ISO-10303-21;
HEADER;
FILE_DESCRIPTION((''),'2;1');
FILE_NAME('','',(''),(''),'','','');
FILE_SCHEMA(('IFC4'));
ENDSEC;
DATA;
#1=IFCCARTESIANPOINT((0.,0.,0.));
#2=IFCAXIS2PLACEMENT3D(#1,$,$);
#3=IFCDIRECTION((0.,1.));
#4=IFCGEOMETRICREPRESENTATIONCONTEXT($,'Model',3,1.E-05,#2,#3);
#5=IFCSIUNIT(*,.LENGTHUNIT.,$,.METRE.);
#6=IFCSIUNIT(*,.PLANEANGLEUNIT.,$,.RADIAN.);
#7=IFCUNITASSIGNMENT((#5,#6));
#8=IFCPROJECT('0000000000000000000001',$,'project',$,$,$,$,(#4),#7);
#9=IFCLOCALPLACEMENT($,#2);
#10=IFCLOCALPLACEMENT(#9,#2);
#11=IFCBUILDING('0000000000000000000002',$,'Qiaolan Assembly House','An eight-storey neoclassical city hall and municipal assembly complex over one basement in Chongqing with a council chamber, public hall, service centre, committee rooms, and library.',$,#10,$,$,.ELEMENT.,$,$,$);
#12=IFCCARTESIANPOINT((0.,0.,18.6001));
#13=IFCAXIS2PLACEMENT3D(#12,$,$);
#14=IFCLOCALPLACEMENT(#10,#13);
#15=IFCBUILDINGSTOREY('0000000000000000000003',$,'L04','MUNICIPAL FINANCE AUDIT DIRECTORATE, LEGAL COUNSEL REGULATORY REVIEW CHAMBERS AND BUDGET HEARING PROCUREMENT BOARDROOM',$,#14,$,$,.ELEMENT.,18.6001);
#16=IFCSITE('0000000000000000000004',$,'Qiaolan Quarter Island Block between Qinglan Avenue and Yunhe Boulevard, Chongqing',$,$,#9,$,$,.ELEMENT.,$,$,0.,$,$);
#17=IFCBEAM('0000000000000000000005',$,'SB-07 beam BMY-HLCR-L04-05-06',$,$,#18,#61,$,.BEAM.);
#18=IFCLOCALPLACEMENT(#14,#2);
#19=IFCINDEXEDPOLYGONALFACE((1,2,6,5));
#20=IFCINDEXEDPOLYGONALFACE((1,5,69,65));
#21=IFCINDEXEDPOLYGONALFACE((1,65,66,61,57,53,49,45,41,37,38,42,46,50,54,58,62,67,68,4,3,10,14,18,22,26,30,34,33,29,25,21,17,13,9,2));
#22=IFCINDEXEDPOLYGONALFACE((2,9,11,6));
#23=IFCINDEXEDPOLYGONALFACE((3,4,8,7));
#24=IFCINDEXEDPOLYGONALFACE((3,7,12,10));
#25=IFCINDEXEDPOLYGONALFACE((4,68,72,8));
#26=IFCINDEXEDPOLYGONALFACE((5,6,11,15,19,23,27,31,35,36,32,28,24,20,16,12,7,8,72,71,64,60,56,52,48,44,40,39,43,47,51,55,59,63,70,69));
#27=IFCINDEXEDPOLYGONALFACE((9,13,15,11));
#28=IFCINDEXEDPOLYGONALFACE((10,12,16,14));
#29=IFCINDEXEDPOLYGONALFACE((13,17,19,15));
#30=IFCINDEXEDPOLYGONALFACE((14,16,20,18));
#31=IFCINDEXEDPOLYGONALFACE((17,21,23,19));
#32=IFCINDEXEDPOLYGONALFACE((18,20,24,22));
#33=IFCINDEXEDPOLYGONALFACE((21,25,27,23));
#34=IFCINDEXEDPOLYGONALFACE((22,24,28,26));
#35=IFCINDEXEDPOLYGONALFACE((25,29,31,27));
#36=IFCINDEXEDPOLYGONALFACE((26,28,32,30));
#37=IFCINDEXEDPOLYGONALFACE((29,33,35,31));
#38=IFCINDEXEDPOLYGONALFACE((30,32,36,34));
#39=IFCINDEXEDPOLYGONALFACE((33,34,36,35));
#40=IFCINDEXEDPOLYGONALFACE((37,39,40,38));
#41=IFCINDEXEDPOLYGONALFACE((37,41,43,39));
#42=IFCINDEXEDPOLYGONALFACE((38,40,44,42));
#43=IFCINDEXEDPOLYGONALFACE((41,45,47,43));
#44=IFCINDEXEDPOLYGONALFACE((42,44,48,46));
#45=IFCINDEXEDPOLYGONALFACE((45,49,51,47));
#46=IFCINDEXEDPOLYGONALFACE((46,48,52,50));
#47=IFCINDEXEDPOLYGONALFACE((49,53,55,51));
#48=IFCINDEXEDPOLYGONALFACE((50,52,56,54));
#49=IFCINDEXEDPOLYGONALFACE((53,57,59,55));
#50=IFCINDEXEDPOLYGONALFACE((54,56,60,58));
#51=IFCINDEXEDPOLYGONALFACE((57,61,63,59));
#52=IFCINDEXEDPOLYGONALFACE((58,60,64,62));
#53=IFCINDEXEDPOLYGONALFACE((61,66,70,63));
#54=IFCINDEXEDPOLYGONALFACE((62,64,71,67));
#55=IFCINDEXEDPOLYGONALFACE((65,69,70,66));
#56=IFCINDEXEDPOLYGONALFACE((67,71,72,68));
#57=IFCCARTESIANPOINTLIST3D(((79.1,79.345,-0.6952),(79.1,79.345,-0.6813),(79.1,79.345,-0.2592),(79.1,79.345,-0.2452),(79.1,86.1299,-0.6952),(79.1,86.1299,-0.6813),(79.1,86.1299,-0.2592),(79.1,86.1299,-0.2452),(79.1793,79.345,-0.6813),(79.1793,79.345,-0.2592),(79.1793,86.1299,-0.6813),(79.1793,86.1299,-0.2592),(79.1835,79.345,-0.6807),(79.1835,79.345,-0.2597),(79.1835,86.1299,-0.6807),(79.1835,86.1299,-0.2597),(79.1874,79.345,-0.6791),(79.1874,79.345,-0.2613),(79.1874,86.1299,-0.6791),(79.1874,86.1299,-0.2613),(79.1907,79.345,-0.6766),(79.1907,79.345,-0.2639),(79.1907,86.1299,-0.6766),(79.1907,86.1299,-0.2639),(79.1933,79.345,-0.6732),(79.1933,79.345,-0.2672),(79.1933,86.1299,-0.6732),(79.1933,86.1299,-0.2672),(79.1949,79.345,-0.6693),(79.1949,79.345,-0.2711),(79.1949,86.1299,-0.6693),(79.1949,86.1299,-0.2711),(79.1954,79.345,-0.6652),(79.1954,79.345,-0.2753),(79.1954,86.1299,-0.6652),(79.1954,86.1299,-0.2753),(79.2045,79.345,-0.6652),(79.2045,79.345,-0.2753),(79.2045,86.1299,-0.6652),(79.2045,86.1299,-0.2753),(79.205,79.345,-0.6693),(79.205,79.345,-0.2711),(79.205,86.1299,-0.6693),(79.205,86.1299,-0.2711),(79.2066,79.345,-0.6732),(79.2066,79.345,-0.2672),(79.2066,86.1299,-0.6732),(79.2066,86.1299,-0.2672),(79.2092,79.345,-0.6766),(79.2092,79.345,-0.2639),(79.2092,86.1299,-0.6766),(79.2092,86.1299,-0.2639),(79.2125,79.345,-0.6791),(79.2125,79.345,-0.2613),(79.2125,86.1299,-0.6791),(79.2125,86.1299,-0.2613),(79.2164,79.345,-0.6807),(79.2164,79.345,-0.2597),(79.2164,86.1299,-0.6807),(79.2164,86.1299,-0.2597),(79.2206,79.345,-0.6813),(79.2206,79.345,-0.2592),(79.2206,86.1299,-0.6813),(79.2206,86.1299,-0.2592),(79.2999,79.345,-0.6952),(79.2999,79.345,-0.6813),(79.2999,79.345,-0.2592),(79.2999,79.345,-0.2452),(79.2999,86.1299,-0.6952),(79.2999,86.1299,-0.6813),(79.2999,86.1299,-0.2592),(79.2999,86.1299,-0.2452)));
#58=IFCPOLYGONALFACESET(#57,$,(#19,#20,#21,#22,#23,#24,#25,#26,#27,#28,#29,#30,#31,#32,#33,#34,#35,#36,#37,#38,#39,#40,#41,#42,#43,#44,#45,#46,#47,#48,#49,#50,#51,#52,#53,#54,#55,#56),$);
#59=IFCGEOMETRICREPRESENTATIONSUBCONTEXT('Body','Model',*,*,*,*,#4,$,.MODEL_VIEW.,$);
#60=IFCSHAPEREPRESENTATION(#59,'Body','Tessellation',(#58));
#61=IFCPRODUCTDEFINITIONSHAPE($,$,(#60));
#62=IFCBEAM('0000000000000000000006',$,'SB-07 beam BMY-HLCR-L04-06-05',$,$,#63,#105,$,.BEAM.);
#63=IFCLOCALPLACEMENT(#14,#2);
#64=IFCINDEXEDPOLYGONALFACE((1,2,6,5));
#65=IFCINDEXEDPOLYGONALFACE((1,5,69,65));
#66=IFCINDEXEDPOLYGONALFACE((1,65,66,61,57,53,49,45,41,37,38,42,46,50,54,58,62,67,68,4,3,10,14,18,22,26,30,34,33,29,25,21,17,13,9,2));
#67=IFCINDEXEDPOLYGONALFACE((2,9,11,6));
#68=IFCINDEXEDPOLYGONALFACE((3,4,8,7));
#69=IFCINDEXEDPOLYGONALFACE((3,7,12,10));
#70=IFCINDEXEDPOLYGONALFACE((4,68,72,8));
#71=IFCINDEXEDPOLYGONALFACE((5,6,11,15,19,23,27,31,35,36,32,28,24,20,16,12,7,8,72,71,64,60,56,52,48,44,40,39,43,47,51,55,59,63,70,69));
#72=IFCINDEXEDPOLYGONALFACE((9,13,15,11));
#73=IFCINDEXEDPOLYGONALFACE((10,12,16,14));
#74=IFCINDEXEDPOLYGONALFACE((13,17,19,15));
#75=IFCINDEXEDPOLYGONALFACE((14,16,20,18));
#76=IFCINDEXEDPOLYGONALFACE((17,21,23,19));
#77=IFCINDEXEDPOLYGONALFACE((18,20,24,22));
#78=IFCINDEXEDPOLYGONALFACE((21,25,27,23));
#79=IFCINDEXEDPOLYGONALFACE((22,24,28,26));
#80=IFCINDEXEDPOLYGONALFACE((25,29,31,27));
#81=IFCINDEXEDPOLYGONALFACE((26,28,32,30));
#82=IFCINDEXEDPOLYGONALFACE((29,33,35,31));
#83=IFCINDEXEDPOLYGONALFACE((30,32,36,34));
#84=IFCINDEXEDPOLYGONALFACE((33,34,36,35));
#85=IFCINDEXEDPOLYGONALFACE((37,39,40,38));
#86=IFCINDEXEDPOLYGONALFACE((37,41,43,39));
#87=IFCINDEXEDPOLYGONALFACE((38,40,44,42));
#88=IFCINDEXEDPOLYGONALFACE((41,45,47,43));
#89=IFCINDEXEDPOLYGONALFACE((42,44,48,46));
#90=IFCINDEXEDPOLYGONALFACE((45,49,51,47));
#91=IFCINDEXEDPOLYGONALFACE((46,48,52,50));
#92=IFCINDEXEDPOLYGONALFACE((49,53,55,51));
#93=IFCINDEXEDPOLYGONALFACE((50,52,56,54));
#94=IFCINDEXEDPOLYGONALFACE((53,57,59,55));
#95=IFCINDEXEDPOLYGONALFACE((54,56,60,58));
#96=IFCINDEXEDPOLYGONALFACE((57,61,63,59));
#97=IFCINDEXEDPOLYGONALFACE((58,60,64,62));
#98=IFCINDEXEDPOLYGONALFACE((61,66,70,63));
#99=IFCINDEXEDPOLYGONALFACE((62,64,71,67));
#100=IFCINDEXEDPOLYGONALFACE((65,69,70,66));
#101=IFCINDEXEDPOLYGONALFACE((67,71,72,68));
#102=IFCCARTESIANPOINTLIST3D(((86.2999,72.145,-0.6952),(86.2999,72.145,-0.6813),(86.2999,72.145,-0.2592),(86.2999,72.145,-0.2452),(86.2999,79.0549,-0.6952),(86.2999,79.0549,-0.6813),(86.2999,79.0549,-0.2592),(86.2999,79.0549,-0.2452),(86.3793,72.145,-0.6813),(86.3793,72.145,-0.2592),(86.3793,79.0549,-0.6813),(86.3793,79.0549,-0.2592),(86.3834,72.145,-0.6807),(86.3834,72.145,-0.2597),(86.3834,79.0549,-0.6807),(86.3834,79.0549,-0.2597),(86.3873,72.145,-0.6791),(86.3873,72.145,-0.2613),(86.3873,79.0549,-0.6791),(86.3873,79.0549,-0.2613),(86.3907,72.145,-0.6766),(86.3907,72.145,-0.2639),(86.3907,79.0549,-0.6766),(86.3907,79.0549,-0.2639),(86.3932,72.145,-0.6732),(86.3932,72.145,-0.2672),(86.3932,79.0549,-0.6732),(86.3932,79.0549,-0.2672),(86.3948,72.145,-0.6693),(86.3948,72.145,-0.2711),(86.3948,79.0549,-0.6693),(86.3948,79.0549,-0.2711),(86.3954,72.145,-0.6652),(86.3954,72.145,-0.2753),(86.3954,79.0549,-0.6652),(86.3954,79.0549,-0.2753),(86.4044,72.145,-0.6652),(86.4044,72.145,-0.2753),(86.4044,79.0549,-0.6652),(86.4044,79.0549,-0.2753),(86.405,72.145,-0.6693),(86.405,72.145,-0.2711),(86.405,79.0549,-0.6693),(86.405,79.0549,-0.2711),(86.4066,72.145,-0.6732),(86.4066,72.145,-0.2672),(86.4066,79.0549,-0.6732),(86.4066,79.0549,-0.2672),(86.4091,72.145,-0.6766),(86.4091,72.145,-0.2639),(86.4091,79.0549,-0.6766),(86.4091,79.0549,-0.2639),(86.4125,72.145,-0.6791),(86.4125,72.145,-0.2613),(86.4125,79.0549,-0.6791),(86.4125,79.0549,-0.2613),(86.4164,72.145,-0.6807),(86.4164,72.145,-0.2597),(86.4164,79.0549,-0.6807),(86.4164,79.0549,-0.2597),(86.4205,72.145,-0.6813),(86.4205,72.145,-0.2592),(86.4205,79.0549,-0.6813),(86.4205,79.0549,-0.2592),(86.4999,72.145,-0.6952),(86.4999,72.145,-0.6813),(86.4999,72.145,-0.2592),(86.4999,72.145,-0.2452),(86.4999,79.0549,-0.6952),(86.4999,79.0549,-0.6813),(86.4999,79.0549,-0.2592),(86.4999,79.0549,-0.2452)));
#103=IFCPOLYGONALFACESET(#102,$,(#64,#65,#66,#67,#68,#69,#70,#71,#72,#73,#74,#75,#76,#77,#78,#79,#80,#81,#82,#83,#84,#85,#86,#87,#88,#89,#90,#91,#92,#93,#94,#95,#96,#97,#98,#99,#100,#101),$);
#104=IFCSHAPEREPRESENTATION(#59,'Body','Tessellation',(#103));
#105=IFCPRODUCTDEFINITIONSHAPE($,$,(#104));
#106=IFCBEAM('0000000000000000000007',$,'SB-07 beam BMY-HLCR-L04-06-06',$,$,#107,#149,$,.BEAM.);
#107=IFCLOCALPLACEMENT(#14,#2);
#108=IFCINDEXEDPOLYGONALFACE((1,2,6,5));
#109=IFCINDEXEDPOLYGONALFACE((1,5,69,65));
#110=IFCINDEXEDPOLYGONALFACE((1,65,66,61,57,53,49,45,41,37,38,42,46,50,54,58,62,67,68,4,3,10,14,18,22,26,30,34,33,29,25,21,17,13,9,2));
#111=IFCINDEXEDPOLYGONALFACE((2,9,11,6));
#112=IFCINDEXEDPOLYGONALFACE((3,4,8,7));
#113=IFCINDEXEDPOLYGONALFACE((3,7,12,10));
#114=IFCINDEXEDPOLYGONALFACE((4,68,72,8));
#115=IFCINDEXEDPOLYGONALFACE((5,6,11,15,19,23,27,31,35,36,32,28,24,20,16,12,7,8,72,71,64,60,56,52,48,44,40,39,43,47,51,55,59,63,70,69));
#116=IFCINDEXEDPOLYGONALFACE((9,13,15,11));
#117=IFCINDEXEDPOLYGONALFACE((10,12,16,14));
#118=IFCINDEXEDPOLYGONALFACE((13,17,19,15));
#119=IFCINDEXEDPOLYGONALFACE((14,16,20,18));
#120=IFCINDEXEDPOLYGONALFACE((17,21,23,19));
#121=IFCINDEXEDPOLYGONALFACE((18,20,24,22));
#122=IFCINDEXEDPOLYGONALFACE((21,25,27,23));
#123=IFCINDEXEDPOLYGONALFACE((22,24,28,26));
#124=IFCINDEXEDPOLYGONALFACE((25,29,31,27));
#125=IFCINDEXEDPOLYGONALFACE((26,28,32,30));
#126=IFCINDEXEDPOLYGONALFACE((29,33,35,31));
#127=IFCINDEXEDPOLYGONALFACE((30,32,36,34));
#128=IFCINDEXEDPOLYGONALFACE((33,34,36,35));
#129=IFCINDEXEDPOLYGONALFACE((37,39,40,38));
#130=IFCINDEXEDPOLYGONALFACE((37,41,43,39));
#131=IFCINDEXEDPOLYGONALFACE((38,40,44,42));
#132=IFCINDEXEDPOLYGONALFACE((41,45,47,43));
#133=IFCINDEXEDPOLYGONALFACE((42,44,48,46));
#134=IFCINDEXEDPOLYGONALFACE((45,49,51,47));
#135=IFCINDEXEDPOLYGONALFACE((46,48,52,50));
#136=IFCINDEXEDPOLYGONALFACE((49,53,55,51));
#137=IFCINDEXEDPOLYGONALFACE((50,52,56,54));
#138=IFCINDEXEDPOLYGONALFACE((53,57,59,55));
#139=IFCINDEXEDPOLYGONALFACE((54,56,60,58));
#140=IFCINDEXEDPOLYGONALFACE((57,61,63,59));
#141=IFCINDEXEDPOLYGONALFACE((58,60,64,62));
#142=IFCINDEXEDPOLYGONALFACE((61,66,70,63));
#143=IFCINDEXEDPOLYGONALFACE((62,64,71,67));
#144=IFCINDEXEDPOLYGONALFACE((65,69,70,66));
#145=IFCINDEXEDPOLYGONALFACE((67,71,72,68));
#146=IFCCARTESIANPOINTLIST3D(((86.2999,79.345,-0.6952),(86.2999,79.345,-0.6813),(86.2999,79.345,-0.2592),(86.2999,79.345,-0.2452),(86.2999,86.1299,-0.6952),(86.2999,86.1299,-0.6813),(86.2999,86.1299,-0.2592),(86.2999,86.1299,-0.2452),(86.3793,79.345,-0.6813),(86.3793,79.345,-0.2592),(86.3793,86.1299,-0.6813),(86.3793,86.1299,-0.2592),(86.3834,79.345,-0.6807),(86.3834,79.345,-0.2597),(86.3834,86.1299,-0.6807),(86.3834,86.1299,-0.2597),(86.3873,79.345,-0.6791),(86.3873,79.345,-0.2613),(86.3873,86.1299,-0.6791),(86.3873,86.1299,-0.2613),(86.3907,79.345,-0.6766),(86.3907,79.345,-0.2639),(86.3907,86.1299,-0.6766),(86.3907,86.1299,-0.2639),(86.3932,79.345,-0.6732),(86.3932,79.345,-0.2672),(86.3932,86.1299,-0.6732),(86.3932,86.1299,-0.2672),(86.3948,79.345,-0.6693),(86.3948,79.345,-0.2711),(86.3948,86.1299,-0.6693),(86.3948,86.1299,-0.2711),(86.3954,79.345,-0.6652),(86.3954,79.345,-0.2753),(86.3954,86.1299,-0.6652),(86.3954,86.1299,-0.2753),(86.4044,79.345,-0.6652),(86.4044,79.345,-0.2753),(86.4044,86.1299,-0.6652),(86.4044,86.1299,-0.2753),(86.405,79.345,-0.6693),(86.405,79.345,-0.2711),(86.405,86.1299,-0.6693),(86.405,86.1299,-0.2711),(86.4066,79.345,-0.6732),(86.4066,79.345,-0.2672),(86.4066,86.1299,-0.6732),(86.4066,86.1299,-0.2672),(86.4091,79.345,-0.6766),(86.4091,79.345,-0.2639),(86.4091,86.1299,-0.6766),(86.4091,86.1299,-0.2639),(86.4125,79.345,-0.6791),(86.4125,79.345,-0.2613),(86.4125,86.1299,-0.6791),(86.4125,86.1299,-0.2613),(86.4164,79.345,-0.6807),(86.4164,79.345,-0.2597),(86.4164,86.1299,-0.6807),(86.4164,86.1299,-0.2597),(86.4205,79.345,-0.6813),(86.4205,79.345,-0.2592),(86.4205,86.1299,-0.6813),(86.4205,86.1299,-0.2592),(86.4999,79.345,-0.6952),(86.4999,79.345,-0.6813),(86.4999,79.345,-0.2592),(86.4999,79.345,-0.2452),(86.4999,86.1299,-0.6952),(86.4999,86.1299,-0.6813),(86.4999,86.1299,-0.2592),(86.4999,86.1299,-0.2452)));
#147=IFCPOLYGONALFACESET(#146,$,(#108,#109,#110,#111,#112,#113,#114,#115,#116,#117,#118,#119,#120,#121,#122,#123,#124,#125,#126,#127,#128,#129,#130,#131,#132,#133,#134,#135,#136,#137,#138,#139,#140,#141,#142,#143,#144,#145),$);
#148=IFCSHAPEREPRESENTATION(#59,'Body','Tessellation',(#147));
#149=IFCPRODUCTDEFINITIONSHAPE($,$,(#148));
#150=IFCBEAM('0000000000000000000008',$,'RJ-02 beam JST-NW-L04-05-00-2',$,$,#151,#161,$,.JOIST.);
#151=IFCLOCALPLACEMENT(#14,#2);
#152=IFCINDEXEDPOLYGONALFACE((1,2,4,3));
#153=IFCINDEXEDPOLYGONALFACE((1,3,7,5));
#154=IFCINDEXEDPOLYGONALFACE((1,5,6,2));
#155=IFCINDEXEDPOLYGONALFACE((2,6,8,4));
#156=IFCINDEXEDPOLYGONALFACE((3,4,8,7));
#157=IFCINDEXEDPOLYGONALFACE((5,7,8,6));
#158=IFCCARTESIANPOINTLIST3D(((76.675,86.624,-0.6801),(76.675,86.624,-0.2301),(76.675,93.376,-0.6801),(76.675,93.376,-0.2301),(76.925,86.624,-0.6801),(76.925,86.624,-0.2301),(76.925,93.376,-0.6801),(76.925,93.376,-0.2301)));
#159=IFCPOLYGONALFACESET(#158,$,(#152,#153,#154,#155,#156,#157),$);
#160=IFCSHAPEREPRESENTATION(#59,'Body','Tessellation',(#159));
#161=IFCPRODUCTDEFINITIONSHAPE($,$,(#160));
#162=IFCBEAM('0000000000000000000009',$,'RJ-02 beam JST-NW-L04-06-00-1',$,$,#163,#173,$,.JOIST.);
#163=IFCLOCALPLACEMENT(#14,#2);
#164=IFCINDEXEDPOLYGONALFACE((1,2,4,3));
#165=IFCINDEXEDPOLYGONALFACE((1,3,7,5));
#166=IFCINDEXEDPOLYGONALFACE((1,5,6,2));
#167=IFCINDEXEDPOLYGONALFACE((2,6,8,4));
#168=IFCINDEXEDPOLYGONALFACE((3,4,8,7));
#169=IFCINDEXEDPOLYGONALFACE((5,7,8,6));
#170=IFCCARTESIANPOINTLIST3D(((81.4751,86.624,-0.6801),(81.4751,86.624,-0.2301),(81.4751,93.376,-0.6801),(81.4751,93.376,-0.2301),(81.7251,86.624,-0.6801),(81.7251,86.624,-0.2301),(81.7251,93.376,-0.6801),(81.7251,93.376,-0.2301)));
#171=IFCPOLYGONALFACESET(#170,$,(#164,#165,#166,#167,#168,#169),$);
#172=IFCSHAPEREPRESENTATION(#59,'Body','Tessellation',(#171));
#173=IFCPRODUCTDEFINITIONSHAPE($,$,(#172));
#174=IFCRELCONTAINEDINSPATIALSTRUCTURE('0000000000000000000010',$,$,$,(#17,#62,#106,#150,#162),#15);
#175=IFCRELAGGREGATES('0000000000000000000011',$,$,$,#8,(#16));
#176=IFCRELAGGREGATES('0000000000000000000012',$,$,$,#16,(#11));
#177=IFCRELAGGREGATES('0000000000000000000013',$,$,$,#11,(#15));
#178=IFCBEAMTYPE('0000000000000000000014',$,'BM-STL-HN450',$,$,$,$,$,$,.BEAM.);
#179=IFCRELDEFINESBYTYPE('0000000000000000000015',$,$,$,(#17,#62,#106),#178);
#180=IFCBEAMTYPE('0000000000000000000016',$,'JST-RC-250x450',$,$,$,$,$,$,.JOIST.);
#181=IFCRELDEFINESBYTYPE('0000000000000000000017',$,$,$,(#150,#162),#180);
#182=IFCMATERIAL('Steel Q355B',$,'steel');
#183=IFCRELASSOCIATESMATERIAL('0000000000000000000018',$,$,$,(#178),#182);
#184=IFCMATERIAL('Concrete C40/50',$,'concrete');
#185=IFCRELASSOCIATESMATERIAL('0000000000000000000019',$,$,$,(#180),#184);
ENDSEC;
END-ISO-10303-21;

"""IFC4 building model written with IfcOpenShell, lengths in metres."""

from ifc_helpers import new_model, si_unit, direction, frame, origin, origin_2d, place, context, subcontext, project, spatial, rectangle, i_section, extrude, material, material_profile, profile_set, type_object, element, save


model = new_model("IFC4")

# Units and contexts
model_context = context("Model", 3, precision=1e-05, world=origin(), true_north=direction((0.0, 1.0)))
body_context = subcontext(model_context, "Body", "Model", "MODEL_VIEW")
ifc_project = project(units=[si_unit("LENGTHUNIT", "METRE"), si_unit("PLANEANGLEUNIT", "RADIAN")], contexts=[model_context])

# Site, building, storey
site_placement = place(None, origin())
site = spatial("IfcSite", under=ifc_project, at=site_placement, Name="Qiaolan Quarter Island Block between Qinglan Avenue and Yunhe Boulevard, Chongqing", CompositionType="ELEMENT", RefElevation=0.0)
building_placement = place(site_placement, origin())
building = spatial("IfcBuilding", under=site, at=building_placement, Name="Qiaolan Assembly House", Description="An eight-storey neoclassical city hall and municipal assembly complex over one basement in Chongqing with a council chamber, public hall, service centre, committee rooms, and library.", CompositionType="ELEMENT")
storey_placement = place(building_placement, frame((0.0, 0.0, 18.6001)))
storey = spatial("IfcBuildingStorey", under=building, at=storey_placement, Name="L04", Description="MUNICIPAL FINANCE AUDIT DIRECTORATE, LEGAL COUNSEL REGULATORY REVIEW CHAMBERS AND BUDGET HEARING PROCUREMENT BOARDROOM", CompositionType="ELEMENT", Elevation=18.6001)

# Shared definitions
ifc_material_1 = material(Name="Concrete C40/50", Category="concrete")

# Beams
ifc_material_2 = material(Name="Steel Q355B", Category="steel")
ifc_material_profile_1 = material_profile(ifc_material_2, i_section(OverallWidth=0.2, OverallDepth=0.45, WebThickness=0.009, FlangeThickness=0.0139, FilletRadius=0.0161, at=origin_2d()), Name="HN 450x200x9x14")
ifc_profile_set_1 = profile_set([ifc_material_profile_1], Name="Steel Q355B")
beam_type_1 = type_object("IfcBeamType", Name="BM-STL-HN450", PredefinedType="BEAM", material=ifc_profile_set_1)
beam_1_placement = place(storey_placement, frame((79.2, 79.345, -0.4702), z_axis=(0.0, 1.0, 0.0), x_axis=(-1.0, 0.0, 0.0)))
element("IfcBeam", 1, at=beam_1_placement, inside=storey, type_object=beam_type_1, Name="SB-07 beam BMY-HLCR-L04-05-06", PredefinedType="BEAM", context=body_context, shape_type="SweptSolid", body=[
    extrude(i_section(OverallWidth=0.2, OverallDepth=0.45, WebThickness=0.009, FlangeThickness=0.0139, FilletRadius=0.0161, at=origin_2d()), origin(), (0.0, 0.0, 1.0), 6.7849),
])
beam_2_placement = place(storey_placement, frame((86.3999, 72.145, -0.4702), z_axis=(0.0, 1.0, 0.0), x_axis=(-1.0, 0.0, 0.0)))
element("IfcBeam", 2, at=beam_2_placement, inside=storey, type_object=beam_type_1, Name="SB-07 beam BMY-HLCR-L04-06-05", PredefinedType="BEAM", context=body_context, shape_type="SweptSolid", body=[
    extrude(i_section(OverallWidth=0.2, OverallDepth=0.45, WebThickness=0.009, FlangeThickness=0.0139, FilletRadius=0.0161, at=origin_2d()), origin(), (0.0, 0.0, 1.0), 6.9099),
])
beam_3_placement = place(storey_placement, frame((86.3999, 79.345, -0.4702), z_axis=(0.0, 1.0, 0.0), x_axis=(-1.0, 0.0, 0.0)))
element("IfcBeam", 3, at=beam_3_placement, inside=storey, type_object=beam_type_1, Name="SB-07 beam BMY-HLCR-L04-06-06", PredefinedType="BEAM", context=body_context, shape_type="SweptSolid", body=[
    extrude(i_section(OverallWidth=0.2, OverallDepth=0.45, WebThickness=0.009, FlangeThickness=0.0139, FilletRadius=0.0161, at=origin_2d()), origin(), (0.0, 0.0, 1.0), 6.7849),
])
ifc_material_profile_2 = material_profile(ifc_material_1, rectangle(XDim=0.25, YDim=0.45, at=origin_2d()), Name="RCB 250x450")
ifc_profile_set_2 = profile_set([ifc_material_profile_2], Name="Concrete C40/50")
beam_type_2 = type_object("IfcBeamType", Name="JST-RC-250x450", PredefinedType="JOIST", material=ifc_profile_set_2)
for number, where, z_axis, x_axis, name in (
    (4, (76.8, 86.624, -0.4551), (0.0, 1.0, 0.0), (-1.0, 0.0, 0.0), "RJ-02 beam JST-NW-L04-05-00-2"),
    (5, (81.6001, 86.624, -0.4551), (0.0, 1.0, 0.0), (-1.0, 0.0, 0.0), "RJ-02 beam JST-NW-L04-06-00-1"),
):
    element("IfcBeam", number, at=place(storey_placement, frame(where, z_axis=z_axis, x_axis=x_axis)), inside=storey, type_object=beam_type_2, Name=name, PredefinedType="JOIST", context=body_context, shape_type="SweptSolid", body=[
        extrude(rectangle(XDim=0.25, YDim=0.45, at=origin_2d()), origin(), (0.0, 0.0, 1.0), 6.752),
    ])

save(model, "model.ifc")
